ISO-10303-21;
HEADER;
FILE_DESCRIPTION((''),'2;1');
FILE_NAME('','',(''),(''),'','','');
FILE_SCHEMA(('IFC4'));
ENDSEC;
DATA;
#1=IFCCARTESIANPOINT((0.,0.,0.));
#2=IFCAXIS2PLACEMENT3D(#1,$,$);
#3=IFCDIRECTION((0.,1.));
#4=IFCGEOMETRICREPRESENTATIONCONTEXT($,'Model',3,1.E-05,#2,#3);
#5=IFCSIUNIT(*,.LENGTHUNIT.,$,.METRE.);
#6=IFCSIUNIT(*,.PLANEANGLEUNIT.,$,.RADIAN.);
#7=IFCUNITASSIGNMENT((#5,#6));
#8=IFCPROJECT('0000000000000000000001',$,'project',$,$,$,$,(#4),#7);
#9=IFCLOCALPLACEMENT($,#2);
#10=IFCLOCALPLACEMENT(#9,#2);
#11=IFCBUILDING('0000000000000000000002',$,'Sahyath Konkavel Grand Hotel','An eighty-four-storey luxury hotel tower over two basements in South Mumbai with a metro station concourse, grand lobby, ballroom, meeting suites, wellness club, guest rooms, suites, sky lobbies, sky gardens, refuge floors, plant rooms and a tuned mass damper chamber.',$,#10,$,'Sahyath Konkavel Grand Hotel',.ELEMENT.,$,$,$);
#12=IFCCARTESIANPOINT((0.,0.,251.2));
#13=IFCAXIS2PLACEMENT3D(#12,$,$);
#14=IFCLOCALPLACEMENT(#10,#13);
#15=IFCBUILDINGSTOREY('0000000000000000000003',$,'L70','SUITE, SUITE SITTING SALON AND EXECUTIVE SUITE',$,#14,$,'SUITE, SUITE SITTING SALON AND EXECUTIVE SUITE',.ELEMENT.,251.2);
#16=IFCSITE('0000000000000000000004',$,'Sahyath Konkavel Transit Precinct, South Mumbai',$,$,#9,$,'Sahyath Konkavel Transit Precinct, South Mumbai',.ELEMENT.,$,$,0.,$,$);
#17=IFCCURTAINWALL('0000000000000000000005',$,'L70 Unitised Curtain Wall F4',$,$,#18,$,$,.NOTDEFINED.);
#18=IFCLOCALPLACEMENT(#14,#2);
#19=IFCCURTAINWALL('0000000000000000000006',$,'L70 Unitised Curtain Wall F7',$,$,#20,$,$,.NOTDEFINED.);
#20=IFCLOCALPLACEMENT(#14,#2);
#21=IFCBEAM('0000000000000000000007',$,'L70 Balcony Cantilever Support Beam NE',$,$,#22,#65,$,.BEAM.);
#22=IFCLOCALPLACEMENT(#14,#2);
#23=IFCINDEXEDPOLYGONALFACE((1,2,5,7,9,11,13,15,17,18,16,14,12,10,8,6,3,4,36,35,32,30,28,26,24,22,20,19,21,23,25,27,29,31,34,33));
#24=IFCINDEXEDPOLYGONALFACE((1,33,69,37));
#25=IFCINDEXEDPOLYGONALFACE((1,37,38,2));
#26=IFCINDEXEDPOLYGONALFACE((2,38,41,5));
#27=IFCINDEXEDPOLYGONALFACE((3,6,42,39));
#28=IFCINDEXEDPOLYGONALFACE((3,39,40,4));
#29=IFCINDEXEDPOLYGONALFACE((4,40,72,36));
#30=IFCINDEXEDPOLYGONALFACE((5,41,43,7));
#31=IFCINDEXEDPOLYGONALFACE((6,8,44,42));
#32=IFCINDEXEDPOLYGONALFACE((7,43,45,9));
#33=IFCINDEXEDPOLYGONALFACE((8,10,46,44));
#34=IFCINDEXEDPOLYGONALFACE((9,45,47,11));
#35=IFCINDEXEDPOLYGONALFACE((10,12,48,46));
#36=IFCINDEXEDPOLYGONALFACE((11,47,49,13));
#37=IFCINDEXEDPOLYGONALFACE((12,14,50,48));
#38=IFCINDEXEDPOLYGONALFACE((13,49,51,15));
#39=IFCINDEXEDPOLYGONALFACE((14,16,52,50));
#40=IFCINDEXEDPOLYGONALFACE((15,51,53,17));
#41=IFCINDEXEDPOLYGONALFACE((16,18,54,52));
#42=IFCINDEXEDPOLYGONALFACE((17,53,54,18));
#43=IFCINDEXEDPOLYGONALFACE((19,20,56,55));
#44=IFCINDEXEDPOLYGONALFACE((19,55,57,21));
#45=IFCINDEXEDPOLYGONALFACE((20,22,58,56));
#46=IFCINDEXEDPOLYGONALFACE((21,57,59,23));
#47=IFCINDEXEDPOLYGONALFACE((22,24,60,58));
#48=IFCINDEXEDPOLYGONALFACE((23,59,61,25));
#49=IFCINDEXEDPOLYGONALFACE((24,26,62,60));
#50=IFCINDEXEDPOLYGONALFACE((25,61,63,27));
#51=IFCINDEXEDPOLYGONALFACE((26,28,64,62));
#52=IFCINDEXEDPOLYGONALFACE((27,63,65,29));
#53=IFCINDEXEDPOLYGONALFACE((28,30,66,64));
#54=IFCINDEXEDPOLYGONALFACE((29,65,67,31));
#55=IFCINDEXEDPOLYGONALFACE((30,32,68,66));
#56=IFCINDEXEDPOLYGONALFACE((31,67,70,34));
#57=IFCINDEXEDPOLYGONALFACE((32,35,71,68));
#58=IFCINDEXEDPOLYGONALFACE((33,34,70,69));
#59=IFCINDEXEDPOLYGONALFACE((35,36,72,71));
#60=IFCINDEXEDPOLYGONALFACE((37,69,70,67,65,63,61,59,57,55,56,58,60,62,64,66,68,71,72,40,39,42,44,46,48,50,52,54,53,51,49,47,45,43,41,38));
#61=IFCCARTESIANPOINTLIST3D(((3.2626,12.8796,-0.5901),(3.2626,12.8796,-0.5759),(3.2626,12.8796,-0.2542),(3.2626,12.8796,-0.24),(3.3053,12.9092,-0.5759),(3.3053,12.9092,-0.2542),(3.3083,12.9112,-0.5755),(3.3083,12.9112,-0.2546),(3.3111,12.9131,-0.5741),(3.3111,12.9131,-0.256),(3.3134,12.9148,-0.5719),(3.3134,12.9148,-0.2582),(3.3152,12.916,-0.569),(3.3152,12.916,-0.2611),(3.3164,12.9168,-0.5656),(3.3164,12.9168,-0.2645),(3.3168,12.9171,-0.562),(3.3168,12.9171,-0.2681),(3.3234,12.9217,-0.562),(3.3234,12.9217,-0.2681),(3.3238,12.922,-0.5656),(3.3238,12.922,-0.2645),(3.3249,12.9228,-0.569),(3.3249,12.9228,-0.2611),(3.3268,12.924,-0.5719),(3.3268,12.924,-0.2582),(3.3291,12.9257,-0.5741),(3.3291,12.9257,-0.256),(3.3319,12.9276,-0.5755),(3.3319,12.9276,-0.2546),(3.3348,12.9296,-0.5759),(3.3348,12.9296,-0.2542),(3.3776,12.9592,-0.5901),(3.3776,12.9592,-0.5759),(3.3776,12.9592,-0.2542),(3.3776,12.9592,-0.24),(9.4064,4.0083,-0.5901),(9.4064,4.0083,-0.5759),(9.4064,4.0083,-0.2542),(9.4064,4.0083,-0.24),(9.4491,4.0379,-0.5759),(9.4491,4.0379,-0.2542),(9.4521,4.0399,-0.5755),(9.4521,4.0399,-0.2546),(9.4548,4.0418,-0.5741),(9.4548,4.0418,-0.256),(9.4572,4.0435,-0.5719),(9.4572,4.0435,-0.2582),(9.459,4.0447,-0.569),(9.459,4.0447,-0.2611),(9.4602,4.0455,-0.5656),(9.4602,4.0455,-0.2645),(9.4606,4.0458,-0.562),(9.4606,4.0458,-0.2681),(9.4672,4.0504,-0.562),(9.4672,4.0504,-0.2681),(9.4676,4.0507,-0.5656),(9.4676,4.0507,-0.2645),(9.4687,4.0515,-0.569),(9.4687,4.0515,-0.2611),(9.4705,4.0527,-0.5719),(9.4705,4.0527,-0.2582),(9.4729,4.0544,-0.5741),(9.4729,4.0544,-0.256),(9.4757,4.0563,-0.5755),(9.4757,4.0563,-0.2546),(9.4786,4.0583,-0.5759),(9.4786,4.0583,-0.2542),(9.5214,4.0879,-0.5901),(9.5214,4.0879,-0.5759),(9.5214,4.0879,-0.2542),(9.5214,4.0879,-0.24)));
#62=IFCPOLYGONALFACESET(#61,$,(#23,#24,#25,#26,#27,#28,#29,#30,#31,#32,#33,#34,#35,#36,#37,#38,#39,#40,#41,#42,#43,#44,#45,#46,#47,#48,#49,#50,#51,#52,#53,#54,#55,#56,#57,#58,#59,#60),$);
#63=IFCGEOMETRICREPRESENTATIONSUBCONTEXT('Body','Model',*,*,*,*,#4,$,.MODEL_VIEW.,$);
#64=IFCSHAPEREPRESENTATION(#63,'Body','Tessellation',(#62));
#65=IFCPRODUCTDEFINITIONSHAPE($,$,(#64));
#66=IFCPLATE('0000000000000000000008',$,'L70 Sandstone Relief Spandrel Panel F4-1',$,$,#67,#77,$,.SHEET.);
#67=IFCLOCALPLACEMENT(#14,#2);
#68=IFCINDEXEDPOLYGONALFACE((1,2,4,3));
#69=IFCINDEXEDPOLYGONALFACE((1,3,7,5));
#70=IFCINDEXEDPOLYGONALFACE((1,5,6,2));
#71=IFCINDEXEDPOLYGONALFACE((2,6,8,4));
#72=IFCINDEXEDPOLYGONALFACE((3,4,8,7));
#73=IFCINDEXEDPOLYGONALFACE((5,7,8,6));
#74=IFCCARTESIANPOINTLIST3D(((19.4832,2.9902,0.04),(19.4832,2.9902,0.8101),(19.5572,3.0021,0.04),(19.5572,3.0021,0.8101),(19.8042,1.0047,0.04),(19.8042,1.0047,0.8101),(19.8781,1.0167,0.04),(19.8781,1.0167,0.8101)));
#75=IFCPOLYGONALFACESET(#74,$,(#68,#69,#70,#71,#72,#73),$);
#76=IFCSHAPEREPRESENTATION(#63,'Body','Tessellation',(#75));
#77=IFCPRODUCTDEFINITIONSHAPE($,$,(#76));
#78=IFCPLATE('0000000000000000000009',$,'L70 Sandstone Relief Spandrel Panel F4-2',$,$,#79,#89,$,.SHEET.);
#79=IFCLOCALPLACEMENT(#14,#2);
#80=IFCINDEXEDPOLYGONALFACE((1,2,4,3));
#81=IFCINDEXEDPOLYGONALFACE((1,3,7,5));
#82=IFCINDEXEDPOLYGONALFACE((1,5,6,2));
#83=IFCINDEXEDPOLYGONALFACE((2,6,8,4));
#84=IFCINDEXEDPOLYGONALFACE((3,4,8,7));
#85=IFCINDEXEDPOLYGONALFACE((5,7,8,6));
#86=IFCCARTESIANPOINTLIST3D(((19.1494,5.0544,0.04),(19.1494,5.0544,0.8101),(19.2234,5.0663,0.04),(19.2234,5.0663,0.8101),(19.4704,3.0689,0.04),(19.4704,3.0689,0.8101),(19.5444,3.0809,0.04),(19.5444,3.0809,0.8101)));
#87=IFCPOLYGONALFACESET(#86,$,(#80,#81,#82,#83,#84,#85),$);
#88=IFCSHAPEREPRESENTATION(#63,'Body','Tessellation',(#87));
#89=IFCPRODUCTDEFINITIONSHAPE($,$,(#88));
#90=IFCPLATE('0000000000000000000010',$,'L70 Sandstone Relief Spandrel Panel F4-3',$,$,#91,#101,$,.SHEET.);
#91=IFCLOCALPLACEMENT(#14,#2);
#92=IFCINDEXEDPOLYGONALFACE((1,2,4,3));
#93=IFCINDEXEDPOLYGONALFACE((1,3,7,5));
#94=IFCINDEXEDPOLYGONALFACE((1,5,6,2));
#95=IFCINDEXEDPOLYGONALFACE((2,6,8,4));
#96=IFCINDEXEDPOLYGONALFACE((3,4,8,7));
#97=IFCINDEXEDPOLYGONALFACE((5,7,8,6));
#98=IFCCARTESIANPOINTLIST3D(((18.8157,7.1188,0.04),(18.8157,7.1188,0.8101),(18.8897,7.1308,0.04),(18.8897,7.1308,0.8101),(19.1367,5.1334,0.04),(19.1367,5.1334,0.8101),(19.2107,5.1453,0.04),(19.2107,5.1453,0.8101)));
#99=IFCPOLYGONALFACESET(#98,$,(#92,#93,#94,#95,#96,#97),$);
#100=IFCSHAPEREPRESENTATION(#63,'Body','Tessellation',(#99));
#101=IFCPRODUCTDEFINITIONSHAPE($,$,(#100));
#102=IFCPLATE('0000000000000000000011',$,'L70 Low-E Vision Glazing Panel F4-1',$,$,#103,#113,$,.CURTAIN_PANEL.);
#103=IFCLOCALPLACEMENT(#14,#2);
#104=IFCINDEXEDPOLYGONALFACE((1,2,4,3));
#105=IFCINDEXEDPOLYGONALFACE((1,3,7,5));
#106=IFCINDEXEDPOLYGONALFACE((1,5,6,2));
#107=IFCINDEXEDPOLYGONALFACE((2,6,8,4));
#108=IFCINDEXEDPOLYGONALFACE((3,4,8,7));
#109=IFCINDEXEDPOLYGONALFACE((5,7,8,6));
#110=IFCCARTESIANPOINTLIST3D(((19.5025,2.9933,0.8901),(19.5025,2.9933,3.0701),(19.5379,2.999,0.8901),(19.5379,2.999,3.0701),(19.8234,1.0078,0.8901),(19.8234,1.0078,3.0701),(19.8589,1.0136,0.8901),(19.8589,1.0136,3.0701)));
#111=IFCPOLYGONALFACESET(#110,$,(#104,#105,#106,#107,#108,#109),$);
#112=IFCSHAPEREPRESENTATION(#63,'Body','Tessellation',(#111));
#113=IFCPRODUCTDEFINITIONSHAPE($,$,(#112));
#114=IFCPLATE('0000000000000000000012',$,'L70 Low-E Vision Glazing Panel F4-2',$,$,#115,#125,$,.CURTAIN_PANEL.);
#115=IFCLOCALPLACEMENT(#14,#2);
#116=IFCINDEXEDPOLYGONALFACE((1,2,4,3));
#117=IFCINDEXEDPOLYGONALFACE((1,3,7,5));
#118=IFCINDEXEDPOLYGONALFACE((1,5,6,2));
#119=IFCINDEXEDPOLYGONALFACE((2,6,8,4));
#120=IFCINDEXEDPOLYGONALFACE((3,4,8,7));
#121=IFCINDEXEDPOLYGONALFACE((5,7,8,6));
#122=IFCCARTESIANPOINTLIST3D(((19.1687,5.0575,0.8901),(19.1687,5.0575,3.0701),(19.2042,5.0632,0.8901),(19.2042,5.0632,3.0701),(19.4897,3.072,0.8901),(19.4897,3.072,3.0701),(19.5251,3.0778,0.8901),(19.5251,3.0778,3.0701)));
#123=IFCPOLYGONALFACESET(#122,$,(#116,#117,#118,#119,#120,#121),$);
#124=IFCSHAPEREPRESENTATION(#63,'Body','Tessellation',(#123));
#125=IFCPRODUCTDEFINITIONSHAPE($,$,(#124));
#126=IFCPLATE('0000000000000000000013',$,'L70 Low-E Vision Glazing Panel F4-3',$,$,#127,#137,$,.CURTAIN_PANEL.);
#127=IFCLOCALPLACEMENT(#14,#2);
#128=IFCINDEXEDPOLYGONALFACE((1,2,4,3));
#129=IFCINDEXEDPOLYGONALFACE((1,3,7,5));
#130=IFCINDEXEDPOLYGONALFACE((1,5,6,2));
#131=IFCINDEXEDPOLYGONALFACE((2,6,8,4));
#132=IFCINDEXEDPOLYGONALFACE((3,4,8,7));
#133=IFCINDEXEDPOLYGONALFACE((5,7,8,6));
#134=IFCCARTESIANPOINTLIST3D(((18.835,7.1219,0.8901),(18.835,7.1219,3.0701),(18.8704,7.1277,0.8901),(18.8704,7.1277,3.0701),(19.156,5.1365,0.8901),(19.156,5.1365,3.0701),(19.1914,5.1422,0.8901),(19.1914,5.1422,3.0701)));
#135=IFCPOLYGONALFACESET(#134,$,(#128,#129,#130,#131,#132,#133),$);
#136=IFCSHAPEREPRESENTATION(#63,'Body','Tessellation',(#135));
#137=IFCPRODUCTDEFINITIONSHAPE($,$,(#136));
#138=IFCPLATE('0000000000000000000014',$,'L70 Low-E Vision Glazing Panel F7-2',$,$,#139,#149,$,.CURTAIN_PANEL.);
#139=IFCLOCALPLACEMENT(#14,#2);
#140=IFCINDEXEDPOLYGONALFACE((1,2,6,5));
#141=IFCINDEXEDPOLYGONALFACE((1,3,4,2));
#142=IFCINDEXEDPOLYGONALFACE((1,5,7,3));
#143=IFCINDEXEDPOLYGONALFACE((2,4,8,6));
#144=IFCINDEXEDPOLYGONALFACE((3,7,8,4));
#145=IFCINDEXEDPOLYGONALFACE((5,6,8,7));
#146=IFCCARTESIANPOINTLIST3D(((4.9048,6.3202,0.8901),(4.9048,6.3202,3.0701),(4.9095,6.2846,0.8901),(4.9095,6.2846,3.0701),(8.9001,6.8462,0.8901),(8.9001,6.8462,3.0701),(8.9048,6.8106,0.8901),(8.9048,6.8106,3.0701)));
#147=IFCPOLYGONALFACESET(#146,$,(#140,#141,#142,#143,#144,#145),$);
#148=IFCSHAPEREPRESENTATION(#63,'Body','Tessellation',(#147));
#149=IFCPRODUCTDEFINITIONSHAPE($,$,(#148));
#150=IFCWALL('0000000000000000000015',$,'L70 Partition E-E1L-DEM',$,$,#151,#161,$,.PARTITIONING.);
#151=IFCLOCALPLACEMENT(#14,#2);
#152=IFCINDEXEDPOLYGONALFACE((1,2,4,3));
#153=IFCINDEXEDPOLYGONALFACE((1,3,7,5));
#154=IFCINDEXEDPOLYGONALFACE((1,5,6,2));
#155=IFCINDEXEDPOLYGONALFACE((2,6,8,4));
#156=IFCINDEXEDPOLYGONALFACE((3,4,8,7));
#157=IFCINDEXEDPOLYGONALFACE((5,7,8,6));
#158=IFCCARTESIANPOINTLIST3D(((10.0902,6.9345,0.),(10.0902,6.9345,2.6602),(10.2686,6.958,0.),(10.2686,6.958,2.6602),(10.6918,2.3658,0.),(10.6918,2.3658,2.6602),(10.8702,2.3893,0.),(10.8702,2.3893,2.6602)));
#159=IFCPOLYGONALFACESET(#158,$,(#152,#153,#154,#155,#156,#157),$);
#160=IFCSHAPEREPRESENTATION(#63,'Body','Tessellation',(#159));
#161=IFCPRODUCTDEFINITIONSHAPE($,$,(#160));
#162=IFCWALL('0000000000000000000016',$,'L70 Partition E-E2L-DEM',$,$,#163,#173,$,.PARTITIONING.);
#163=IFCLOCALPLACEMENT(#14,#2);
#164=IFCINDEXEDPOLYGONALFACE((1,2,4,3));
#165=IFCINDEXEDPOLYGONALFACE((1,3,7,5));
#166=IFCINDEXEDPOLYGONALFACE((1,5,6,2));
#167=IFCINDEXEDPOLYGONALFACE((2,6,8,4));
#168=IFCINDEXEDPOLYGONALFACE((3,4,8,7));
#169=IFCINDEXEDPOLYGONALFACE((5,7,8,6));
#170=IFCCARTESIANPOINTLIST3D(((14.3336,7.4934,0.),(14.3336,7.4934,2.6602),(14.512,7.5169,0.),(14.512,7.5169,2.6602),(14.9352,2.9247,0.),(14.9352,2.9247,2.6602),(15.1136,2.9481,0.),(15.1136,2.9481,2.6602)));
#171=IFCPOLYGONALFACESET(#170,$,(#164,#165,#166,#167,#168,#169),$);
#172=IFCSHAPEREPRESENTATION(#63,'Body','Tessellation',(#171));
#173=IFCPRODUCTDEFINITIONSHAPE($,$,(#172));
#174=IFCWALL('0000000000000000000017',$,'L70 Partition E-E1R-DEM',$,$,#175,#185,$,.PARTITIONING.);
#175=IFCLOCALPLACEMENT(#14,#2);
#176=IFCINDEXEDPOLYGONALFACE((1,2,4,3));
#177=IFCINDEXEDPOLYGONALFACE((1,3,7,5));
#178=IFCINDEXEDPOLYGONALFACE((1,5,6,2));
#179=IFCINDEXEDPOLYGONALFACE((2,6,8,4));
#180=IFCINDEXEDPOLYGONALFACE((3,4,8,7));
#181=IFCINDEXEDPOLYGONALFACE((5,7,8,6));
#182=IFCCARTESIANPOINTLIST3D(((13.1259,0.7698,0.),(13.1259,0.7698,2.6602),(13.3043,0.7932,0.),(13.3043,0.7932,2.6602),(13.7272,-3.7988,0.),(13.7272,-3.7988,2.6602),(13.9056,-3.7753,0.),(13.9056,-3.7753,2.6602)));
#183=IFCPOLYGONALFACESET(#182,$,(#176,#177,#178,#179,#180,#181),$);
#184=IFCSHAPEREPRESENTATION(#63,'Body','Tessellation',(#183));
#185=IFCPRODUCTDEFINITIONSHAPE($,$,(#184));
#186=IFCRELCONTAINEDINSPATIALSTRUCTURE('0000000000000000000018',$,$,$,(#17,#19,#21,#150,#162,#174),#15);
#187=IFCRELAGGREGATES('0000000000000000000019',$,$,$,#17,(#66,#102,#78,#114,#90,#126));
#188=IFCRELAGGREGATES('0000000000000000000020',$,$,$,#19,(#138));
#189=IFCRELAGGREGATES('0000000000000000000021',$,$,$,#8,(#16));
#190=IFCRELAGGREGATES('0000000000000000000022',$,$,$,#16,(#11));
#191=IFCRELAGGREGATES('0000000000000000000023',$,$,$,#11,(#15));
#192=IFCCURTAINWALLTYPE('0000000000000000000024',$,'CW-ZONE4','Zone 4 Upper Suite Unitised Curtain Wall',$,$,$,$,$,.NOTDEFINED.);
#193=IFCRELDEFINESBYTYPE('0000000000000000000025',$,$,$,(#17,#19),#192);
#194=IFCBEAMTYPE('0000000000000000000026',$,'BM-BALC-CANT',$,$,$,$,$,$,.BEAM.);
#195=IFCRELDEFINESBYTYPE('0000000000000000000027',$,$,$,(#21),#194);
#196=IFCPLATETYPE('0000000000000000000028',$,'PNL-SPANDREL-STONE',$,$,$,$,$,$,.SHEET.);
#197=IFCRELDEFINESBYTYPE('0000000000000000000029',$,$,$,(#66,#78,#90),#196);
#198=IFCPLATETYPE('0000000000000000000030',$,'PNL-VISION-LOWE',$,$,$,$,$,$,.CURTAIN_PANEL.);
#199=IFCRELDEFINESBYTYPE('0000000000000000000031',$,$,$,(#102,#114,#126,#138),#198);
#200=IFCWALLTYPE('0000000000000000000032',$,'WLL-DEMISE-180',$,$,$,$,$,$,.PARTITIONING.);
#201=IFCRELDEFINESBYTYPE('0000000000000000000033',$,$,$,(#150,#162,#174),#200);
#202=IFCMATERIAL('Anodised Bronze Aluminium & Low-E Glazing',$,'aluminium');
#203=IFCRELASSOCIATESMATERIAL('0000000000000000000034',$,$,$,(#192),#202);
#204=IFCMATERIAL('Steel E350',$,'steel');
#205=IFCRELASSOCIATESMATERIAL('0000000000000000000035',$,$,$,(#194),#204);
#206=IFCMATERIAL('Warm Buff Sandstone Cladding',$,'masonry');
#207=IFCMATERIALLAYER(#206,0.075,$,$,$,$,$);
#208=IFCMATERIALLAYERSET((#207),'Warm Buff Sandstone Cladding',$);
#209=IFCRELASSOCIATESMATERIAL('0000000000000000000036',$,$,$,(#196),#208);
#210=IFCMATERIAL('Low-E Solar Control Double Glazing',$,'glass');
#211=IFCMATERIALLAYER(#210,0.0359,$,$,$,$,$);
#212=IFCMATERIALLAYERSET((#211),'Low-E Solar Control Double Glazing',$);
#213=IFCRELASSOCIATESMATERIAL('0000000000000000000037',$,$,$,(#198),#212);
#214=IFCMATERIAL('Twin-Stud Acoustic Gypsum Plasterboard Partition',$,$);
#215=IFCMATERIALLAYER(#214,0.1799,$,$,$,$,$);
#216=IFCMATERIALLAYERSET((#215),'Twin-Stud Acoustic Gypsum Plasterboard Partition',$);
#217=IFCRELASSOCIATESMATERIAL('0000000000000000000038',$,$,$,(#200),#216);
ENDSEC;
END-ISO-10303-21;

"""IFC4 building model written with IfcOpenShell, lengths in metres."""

from ifc_helpers import new_model, si_unit, direction, frame, frame_2d, origin, origin_2d, place, context, subcontext, project, spatial, rectangle, i_section, extrude, source, transform, mapped, material, layer, layer_set, material_profile, profile_set, type_object, element, aggregate, save


model = new_model("IFC4")

# Units and contexts
model_context = context("Model", 3, precision=1e-05, world=origin(), true_north=direction((0.0, 1.0)))
body_context = subcontext(model_context, "Body", "Model", "MODEL_VIEW")
ifc_project = project(units=[si_unit("LENGTHUNIT", "METRE"), si_unit("PLANEANGLEUNIT", "RADIAN")], contexts=[model_context])

# Site, building, storey
site_placement = place(None, origin())
site = spatial("IfcSite", under=ifc_project, at=site_placement, Name="Sahyath Konkavel Transit Precinct, South Mumbai", LongName="Sahyath Konkavel Transit Precinct, South Mumbai", CompositionType="ELEMENT", RefElevation=0.0)
building_placement = place(site_placement, origin())
building = spatial("IfcBuilding", under=site, at=building_placement, Name="Sahyath Konkavel Grand Hotel", Description="An eighty-four-storey luxury hotel tower over two basements in South Mumbai with a metro station concourse, grand lobby, ballroom, meeting suites, wellness club, guest rooms, suites, sky lobbies, sky gardens, refuge floors, plant rooms and a tuned mass damper chamber.", LongName="Sahyath Konkavel Grand Hotel", CompositionType="ELEMENT")
storey_placement = place(building_placement, frame((0.0, 0.0, 251.2)))
storey = spatial("IfcBuildingStorey", under=building, at=storey_placement, Name="L70", Description="SUITE, SUITE SITTING SALON AND EXECUTIVE SUITE", LongName="SUITE, SUITE SITTING SALON AND EXECUTIVE SUITE", CompositionType="ELEMENT", Elevation=251.2)

# Curtain wall
ifc_material_1 = material(Name="Anodised Bronze Aluminium & Low-E Glazing", Category="aluminium")
curtain_wall_type = type_object("IfcCurtainWallType", Name="CW-ZONE4", Description="Zone 4 Upper Suite Unitised Curtain Wall", PredefinedType="NOTDEFINED", material=ifc_material_1)
curtain_wall_1_placement = place(storey_placement, origin())
curtain_wall_1 = element("IfcCurtainWall", 1, at=curtain_wall_1_placement, inside=storey, type_object=curtain_wall_type, Name="L70 Unitised Curtain Wall F4", PredefinedType="NOTDEFINED")

# Curtain wall
curtain_wall_2_placement = place(storey_placement, origin())
curtain_wall_2 = element("IfcCurtainWall", 2, at=curtain_wall_2_placement, inside=storey, type_object=curtain_wall_type, Name="L70 Unitised Curtain Wall F7", PredefinedType="NOTDEFINED")

# Beam
ifc_material_2 = material(Name="Steel E350", Category="steel")
ifc_material_profile_1 = material_profile(ifc_material_2, i_section(OverallWidth=0.1399, OverallDepth=0.3501, WebThickness=0.0081, FlangeThickness=0.0142, FilletRadius=0.0139, at=origin_2d()), Name="ISMB 350")
ifc_profile_set_1 = profile_set([ifc_material_profile_1], Name="Steel E350")
beam_type = type_object("IfcBeamType", Name="BM-BALC-CANT", PredefinedType="BEAM", material=ifc_profile_set_1)
shared_shape_1 = source(origin(), body_context, "Body", "SweptSolid", [
    extrude(i_section(OverallWidth=0.1399, OverallDepth=0.3501, WebThickness=0.0081, FlangeThickness=0.0142, FilletRadius=0.0139, at=origin_2d()), origin(), (0.0, 0.0, 1.0), 10.791),
])
beam_placement = place(storey_placement, frame((9.4639, 4.0481, -0.415), z_axis=(-0.569342, 0.822101, 0.0), x_axis=(-0.822101, -0.569342, 0.0)))
element("IfcBeam", 3, at=beam_placement, inside=storey, type_object=beam_type, Name="L70 Balcony Cantilever Support Beam NE", PredefinedType="BEAM", context=body_context, shape_type="MappedRepresentation", body=[
    mapped(shared_shape_1, transform((0.0, 0.0, 0.0), scale=1.0)),
])

# Plates
ifc_material_3 = material(Name="Warm Buff Sandstone Cladding", Category="masonry")
ifc_layer_1 = layer(ifc_material_3, 0.075)
ifc_layer_set_1 = layer_set([ifc_layer_1], Name="Warm Buff Sandstone Cladding")
plate_type_1 = type_object("IfcPlateType", Name="PNL-SPANDREL-STONE", PredefinedType="SHEET", material=ifc_layer_set_1)
shared_shape_2 = source(origin(), body_context, "Body", "SweptSolid", [
    extrude(rectangle(XDim=2.0112, YDim=0.075, at=origin_2d()), origin(), (0.0, 0.0, 1.0), 0.77),
])
plate_1_placement = place(storey_placement, frame((19.6807, 2.0034, 0.04), z_axis=(0.0, 0.0, 1.0), x_axis=(-0.159588, 0.987184, 0.0)))
plate_1 = element("IfcPlate", 4, at=plate_1_placement, type_object=plate_type_1, Name="L70 Sandstone Relief Spandrel Panel F4-1", PredefinedType="SHEET", context=body_context, shape_type="MappedRepresentation", body=[
    mapped(shared_shape_2, transform((0.0, 0.0, 0.0), scale=1.0)),
])
plate_2_placement = place(storey_placement, frame((19.3469, 4.0676, 0.04), z_axis=(0.0, 0.0, 1.0), x_axis=(-0.159588, 0.987184, 0.0)))
plate_2 = element("IfcPlate", 5, at=plate_2_placement, type_object=plate_type_1, Name="L70 Sandstone Relief Spandrel Panel F4-2", PredefinedType="SHEET", context=body_context, shape_type="MappedRepresentation", body=[
    mapped(shared_shape_2, transform((0.0, 0.0, 0.0), scale=1.0)),
])
plate_3_placement = place(storey_placement, frame((19.0132, 6.1321, 0.04), z_axis=(0.0, 0.0, 1.0), x_axis=(-0.159588, 0.987184, 0.0)))
plate_3 = element("IfcPlate", 6, at=plate_3_placement, type_object=plate_type_1, Name="L70 Sandstone Relief Spandrel Panel F4-3", PredefinedType="SHEET", context=body_context, shape_type="MappedRepresentation", body=[
    mapped(shared_shape_2, transform((0.0, 0.0, 0.0), scale=1.0)),
])
ifc_material_4 = material(Name="Low-E Solar Control Double Glazing", Category="glass")
ifc_layer_2 = layer(ifc_material_4, 0.0359)
ifc_layer_set_2 = layer_set([ifc_layer_2], Name="Low-E Solar Control Double Glazing")
plate_type_2 = type_object("IfcPlateType", Name="PNL-VISION-LOWE", PredefinedType="CURTAIN_PANEL", material=ifc_layer_set_2)
shared_shape_3 = source(origin(), body_context, "Body", "SweptSolid", [
    extrude(rectangle(XDim=2.0112, YDim=0.0359, at=origin_2d()), origin(), (0.0, 0.0, 1.0), 2.1799),
])
plate_4_placement = place(storey_placement, frame((19.6807, 2.0034, 0.8901), z_axis=(0.0, 0.0, 1.0), x_axis=(-0.159588, 0.987184, 0.0)))
plate_4 = element("IfcPlate", 7, at=plate_4_placement, type_object=plate_type_2, Name="L70 Low-E Vision Glazing Panel F4-1", PredefinedType="CURTAIN_PANEL", context=body_context, shape_type="MappedRepresentation", body=[
    mapped(shared_shape_3, transform((0.0, 0.0, 0.0), scale=1.0)),
])
plate_5_placement = place(storey_placement, frame((19.3469, 4.0676, 0.8901), z_axis=(0.0, 0.0, 1.0), x_axis=(-0.159588, 0.987184, 0.0)))
plate_5 = element("IfcPlate", 8, at=plate_5_placement, type_object=plate_type_2, Name="L70 Low-E Vision Glazing Panel F4-2", PredefinedType="CURTAIN_PANEL", context=body_context, shape_type="MappedRepresentation", body=[
    mapped(shared_shape_3, transform((0.0, 0.0, 0.0), scale=1.0)),
])
plate_6_placement = place(storey_placement, frame((19.0132, 6.1321, 0.8901), z_axis=(0.0, 0.0, 1.0), x_axis=(-0.159588, 0.987184, 0.0)))
plate_6 = element("IfcPlate", 9, at=plate_6_placement, type_object=plate_type_2, Name="L70 Low-E Vision Glazing Panel F4-3", PredefinedType="CURTAIN_PANEL", context=body_context, shape_type="MappedRepresentation", body=[
    mapped(shared_shape_3, transform((0.0, 0.0, 0.0), scale=1.0)),
])
aggregate(curtain_wall_1, [plate_1, plate_4, plate_2, plate_5, plate_3, plate_6])
shared_shape_4 = source(origin(), body_context, "Body", "SweptSolid", [
    extrude(rectangle(XDim=4.0298, YDim=0.0359, at=origin_2d()), origin(), (0.0, 0.0, 1.0), 2.1799),
])
plate_7_placement = place(storey_placement, frame((6.9048, 6.5654, 0.8901), z_axis=(0.0, 0.0, 1.0), x_axis=(-0.991445, -0.130526, 0.0)))
plate_7 = element("IfcPlate", 10, at=plate_7_placement, type_object=plate_type_2, Name="L70 Low-E Vision Glazing Panel F7-2", PredefinedType="CURTAIN_PANEL", context=body_context, shape_type="MappedRepresentation", body=[
    mapped(shared_shape_4, transform((0.0, 0.0, 0.0), scale=1.0)),
])
aggregate(curtain_wall_2, [plate_7])

# Walls
ifc_material_5 = material(Name="Twin-Stud Acoustic Gypsum Plasterboard Partition")
ifc_layer_3 = layer(ifc_material_5, 0.1799)
ifc_layer_set_3 = layer_set([ifc_layer_3], Name="Twin-Stud Acoustic Gypsum Plasterboard Partition")
wall_type_1 = type_object("IfcWallType", Name="WLL-DEMISE-180", PredefinedType="PARTITIONING", material=ifc_layer_set_3)
for number, where, z_axis, x_axis, name in (
    (11, (10.781, 2.3774, 0.0), (0.0, 0.0, 1.0), (-0.130546, 0.991442, 0.0), "L70 Partition E-E1L-DEM"),
    (12, (15.0244, 2.9363, 0.0), (0.0, 0.0, 1.0), (-0.130546, 0.991442, 0.0), "L70 Partition E-E2L-DEM"),
):
    element("IfcWall", number, at=place(storey_placement, frame(where, z_axis=z_axis, x_axis=x_axis)), inside=storey, type_object=wall_type_1, Name=name, PredefinedType="PARTITIONING", context=body_context, shape_type="SweptSolid", body=[
        extrude(rectangle(XDim=4.6082, YDim=0.1799, at=frame_2d((2.3042, 0.0))), origin(), (0.0, 0.0, 1.0), 2.6602),
    ])
wall_1_placement = place(storey_placement, frame((13.2151, 0.7815, 0.0), z_axis=(0.0, 0.0, 1.0), x_axis=(0.130494, -0.991449, 0.0)))
element("IfcWall", 13, at=wall_1_placement, inside=storey, type_object=wall_type_1, Name="L70 Partition E-E1R-DEM", PredefinedType="PARTITIONING", context=body_context, shape_type="SweptSolid", body=[
    extrude(rectangle(XDim=4.6079, YDim=0.1799, at=frame_2d((2.304, 0.0))), origin(), (0.0, 0.0, 1.0), 2.6602),
])

save(model, "model.ifc")
